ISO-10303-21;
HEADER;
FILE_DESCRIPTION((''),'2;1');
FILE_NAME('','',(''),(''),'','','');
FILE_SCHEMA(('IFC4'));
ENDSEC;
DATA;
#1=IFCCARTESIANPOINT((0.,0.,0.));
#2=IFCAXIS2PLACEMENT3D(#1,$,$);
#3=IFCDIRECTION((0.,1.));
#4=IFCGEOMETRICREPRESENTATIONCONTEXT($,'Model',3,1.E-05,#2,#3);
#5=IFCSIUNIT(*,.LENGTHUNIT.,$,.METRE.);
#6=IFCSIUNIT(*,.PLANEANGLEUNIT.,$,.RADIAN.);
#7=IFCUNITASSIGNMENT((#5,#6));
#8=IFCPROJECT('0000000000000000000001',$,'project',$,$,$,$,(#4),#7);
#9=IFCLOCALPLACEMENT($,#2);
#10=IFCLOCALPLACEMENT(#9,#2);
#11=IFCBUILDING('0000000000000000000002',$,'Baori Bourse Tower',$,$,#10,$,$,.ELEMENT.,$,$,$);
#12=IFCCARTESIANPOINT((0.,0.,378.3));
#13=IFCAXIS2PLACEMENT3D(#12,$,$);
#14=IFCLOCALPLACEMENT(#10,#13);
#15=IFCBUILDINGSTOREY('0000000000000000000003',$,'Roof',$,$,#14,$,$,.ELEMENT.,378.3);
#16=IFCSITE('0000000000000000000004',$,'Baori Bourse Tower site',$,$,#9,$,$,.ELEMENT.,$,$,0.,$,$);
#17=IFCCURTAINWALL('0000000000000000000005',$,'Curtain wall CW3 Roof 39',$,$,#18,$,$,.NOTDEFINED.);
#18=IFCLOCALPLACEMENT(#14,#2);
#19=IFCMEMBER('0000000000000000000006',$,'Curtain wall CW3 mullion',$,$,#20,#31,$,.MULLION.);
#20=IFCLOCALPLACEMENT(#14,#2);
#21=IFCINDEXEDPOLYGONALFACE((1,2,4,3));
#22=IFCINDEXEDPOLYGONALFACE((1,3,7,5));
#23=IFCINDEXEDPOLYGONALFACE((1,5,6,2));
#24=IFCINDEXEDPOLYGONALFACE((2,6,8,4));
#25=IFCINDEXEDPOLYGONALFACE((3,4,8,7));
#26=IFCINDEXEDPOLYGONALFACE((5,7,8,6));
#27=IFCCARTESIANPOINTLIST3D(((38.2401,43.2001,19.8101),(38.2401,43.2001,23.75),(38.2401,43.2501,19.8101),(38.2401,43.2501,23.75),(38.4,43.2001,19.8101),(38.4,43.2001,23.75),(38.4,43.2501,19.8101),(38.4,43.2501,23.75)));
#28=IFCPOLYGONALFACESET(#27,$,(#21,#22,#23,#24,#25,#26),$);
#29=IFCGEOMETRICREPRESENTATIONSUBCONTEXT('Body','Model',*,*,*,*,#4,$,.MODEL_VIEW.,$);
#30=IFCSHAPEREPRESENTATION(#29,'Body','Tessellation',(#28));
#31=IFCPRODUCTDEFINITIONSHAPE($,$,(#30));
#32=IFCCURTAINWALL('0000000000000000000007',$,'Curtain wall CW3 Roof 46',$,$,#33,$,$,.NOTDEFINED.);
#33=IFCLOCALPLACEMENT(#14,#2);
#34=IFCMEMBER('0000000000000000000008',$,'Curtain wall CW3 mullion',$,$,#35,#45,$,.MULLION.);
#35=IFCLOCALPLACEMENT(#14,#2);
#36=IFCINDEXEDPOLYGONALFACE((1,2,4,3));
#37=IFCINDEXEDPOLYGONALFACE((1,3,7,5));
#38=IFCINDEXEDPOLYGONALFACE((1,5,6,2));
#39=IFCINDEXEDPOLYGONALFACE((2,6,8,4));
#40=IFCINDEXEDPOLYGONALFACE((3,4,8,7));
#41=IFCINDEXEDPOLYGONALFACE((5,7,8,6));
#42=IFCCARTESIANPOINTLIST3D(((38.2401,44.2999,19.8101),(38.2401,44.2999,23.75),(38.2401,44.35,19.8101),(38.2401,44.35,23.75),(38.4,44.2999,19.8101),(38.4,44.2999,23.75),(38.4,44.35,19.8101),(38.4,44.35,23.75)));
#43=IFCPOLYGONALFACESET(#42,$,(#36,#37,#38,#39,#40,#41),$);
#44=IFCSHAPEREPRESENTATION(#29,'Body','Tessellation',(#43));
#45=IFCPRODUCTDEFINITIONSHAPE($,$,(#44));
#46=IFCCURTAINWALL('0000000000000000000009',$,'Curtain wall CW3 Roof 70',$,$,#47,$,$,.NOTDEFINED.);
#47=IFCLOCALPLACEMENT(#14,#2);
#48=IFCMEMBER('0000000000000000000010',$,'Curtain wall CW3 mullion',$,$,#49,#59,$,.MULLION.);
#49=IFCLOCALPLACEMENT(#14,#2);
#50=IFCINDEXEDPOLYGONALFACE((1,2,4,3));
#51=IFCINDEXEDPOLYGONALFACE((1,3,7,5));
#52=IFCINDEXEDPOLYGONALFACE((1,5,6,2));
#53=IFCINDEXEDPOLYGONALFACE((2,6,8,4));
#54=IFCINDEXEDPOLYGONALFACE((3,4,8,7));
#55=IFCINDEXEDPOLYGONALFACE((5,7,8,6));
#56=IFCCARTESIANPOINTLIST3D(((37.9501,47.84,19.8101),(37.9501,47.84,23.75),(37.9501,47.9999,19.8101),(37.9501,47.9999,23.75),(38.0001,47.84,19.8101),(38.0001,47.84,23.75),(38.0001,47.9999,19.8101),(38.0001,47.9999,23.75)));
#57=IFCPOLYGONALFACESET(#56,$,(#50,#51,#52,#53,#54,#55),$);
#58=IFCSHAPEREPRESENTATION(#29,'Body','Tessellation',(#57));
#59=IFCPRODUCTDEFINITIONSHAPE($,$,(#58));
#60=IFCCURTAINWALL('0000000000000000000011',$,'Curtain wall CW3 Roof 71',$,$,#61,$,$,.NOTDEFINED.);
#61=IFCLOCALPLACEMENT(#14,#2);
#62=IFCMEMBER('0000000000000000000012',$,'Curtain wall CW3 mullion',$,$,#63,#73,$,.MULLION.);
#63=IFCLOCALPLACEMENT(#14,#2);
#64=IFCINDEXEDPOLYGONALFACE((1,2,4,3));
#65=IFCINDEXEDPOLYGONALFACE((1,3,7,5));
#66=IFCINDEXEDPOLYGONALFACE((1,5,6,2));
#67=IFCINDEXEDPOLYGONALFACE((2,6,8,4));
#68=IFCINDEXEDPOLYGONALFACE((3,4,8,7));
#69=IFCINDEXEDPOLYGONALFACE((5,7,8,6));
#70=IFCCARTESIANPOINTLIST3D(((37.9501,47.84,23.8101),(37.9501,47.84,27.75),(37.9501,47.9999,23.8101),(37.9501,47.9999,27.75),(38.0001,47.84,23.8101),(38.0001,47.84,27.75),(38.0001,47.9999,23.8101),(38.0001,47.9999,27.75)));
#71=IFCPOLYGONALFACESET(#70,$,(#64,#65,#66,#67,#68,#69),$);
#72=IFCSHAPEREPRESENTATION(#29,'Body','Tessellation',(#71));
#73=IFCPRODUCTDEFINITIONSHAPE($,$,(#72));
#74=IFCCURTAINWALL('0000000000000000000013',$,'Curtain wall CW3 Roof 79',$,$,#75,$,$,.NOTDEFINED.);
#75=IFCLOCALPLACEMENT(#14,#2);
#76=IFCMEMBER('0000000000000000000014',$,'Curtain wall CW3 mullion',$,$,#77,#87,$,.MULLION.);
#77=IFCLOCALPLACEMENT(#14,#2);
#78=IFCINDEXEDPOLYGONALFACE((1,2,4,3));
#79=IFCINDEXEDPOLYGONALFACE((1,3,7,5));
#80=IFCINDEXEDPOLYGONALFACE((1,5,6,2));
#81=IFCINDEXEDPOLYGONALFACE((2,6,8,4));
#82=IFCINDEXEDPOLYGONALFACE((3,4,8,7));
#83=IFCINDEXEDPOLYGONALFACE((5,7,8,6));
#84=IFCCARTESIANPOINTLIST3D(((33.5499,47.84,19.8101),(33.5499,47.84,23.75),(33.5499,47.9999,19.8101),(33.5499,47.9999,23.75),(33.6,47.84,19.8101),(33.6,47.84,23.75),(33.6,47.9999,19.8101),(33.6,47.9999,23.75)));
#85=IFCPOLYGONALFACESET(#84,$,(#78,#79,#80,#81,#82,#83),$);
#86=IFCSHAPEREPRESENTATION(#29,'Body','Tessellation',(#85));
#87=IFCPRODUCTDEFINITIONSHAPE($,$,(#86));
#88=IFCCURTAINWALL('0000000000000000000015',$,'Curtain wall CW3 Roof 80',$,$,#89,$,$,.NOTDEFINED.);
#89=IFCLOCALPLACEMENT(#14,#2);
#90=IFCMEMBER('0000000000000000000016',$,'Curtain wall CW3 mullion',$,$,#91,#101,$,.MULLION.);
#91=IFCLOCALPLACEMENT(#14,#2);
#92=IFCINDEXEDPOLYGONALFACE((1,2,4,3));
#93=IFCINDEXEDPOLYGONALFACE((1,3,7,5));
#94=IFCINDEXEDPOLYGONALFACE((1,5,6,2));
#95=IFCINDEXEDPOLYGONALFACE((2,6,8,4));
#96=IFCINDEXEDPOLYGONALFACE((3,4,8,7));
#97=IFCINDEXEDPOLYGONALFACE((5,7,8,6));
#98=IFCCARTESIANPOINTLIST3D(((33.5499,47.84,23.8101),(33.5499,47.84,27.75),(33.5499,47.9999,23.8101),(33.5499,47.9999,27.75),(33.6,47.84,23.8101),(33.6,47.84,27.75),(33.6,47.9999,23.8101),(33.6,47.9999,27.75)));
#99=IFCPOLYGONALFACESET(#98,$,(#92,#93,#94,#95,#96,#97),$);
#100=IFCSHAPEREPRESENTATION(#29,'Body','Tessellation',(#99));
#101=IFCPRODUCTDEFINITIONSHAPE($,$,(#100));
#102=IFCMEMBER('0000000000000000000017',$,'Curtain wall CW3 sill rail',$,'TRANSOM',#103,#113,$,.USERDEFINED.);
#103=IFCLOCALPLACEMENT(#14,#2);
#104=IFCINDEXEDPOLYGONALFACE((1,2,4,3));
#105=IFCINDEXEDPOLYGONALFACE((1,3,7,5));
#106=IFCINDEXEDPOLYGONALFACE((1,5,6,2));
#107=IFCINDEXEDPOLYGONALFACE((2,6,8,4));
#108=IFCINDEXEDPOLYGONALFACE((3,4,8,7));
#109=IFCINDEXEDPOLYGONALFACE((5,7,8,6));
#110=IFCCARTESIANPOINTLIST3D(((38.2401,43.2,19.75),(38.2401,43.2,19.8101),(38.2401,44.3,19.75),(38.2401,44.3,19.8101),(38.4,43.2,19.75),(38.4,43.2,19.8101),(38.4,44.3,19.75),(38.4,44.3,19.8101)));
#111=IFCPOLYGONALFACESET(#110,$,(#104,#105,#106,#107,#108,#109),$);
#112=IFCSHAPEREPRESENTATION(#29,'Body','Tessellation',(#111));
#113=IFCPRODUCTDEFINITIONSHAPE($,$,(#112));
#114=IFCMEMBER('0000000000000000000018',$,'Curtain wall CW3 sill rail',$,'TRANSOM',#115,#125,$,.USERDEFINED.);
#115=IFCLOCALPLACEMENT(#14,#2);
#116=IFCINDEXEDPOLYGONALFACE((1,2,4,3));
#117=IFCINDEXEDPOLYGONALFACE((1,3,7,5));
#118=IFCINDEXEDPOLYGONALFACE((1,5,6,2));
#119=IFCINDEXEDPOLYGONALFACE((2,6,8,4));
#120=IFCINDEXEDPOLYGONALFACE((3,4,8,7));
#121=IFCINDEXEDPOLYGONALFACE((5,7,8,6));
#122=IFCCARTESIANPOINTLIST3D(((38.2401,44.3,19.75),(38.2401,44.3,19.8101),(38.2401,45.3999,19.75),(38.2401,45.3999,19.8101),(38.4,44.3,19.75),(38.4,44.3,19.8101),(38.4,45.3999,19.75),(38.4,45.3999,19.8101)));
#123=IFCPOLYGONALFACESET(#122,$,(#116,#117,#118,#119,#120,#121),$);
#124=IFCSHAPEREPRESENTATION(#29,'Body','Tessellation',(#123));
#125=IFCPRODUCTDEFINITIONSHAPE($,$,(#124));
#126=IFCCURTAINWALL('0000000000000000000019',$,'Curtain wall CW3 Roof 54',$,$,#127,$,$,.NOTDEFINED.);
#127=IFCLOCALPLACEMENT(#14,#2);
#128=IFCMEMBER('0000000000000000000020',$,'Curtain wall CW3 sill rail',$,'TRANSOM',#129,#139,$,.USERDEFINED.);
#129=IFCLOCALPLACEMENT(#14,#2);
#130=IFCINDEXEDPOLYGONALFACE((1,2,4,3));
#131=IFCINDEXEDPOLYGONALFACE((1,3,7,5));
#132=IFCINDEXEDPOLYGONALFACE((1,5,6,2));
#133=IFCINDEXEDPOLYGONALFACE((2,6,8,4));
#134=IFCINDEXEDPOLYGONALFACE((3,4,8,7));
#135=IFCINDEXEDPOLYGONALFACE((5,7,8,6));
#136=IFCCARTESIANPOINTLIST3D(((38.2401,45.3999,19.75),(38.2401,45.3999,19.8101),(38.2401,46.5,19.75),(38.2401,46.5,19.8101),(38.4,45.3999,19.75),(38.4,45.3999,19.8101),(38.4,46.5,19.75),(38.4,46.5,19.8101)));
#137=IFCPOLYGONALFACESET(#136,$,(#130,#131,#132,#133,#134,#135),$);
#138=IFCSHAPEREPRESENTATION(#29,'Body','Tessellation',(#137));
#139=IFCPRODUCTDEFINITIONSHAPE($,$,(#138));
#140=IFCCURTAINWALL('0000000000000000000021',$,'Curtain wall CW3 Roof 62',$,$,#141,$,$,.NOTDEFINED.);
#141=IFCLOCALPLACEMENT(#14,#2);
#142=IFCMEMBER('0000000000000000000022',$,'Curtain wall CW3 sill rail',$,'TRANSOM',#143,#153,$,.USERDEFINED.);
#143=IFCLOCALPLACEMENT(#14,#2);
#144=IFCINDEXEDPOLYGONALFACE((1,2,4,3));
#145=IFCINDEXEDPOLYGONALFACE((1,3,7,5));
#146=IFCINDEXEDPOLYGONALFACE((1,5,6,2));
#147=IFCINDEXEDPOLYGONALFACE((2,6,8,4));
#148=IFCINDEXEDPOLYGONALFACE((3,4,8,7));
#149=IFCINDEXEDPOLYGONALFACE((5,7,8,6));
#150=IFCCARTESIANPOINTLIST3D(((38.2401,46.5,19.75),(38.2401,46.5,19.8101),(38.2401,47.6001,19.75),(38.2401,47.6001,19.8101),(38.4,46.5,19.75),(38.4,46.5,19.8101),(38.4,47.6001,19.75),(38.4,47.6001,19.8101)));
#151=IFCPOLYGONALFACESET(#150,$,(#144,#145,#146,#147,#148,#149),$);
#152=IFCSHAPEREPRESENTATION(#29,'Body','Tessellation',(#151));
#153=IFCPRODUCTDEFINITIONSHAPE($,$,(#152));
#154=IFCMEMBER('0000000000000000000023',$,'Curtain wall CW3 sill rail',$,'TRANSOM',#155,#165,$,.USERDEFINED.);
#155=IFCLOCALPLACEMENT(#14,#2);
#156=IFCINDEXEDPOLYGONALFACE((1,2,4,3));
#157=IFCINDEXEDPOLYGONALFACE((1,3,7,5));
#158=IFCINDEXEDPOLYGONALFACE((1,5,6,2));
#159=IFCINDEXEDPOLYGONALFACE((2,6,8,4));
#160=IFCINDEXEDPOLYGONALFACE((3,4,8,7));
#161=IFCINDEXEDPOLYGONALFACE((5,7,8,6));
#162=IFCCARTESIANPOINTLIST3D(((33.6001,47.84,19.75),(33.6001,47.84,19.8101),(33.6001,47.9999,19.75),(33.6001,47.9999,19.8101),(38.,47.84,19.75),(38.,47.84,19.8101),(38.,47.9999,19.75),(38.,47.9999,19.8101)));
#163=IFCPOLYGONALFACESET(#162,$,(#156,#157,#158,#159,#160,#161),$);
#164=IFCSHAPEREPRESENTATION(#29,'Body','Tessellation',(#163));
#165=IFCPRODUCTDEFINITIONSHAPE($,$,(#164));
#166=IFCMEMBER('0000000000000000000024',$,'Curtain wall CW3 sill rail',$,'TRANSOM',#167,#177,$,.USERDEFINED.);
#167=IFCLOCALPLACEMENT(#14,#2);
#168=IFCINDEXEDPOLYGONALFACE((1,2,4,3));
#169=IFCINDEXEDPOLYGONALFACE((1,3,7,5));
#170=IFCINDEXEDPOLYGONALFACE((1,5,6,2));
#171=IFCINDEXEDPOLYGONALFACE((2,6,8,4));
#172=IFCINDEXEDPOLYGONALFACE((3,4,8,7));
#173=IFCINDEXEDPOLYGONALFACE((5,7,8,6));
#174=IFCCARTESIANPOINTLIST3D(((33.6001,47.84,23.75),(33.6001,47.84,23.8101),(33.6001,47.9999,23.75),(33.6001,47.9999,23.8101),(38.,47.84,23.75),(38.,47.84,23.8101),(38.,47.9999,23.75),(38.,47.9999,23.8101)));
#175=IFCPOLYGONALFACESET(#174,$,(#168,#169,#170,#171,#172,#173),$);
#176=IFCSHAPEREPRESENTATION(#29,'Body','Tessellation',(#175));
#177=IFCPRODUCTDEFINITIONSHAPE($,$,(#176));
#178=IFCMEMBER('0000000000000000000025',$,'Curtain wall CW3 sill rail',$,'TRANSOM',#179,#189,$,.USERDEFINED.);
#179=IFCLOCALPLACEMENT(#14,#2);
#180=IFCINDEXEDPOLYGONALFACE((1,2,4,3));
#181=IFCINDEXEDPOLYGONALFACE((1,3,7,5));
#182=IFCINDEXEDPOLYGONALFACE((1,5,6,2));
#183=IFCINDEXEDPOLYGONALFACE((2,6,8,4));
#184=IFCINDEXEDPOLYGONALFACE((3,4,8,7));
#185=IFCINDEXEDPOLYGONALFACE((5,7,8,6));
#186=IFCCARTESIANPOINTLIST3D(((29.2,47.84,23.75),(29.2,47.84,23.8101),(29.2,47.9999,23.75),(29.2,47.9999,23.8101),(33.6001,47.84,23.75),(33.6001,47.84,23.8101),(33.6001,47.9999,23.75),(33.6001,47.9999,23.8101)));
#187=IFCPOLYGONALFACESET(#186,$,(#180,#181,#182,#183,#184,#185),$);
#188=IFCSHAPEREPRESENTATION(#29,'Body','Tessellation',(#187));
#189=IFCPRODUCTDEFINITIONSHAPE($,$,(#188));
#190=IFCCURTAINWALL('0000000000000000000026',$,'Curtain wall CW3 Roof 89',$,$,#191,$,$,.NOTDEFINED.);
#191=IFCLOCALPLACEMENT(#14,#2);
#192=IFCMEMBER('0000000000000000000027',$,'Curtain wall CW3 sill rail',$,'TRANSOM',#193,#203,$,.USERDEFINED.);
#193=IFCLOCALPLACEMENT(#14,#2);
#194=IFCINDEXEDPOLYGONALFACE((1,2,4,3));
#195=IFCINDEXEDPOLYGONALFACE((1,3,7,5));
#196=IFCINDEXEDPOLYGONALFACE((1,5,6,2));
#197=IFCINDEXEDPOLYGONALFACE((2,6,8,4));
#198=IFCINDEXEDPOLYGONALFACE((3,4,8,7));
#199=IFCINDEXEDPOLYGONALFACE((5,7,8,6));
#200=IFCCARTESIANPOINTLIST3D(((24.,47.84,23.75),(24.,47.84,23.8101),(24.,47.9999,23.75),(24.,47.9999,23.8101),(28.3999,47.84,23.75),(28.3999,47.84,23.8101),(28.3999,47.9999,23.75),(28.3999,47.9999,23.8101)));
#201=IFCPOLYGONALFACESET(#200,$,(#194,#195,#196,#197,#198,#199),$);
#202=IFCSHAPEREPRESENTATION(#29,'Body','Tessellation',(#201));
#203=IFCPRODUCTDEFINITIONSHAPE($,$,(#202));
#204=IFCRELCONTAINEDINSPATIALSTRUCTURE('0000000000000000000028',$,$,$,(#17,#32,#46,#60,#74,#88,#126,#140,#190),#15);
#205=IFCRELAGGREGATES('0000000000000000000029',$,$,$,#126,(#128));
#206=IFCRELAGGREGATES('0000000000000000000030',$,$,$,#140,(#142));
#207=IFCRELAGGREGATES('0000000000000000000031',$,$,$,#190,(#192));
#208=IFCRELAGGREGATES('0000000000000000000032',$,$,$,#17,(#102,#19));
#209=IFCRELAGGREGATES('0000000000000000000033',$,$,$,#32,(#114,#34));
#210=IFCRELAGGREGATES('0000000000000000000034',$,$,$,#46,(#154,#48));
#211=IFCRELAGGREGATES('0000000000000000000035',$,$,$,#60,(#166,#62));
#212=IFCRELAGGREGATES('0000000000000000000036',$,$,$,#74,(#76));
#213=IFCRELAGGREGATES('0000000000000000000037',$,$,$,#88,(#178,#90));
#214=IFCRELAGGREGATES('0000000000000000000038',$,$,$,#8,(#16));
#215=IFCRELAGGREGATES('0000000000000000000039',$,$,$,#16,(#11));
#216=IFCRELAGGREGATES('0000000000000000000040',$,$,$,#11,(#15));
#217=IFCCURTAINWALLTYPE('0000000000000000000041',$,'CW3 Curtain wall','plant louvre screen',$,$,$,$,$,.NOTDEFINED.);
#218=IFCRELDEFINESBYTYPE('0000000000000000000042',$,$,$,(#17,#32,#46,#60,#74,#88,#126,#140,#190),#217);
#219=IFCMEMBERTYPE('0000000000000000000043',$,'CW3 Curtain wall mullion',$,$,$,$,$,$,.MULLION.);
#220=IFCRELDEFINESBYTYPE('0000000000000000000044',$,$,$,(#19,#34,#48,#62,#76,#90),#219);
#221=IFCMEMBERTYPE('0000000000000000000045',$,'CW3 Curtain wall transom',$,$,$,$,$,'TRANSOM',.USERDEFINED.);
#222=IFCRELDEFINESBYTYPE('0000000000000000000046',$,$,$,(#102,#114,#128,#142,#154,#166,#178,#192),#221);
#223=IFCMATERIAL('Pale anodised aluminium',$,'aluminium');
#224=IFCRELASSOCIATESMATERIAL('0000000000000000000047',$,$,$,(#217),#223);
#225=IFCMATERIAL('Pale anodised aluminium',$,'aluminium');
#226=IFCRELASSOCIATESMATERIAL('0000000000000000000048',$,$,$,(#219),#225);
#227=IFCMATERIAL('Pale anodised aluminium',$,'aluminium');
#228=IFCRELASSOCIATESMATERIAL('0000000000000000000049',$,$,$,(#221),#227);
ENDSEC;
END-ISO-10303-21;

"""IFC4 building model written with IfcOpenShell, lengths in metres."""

from ifc_helpers import new_model, si_unit, direction, frame, origin, origin_2d, place, context, subcontext, project, spatial, rectangle, extrude, material, material_profile, profile_set, type_object, element, aggregate, save


model = new_model("IFC4")

# Units and contexts
model_context = context("Model", 3, precision=1e-05, world=origin(), true_north=direction((0.0, 1.0)))
body_context = subcontext(model_context, "Body", "Model", "MODEL_VIEW")
ifc_project = project(units=[si_unit("LENGTHUNIT", "METRE"), si_unit("PLANEANGLEUNIT", "RADIAN")], contexts=[model_context])

# Site, building, storey
site_placement = place(None, origin())
site = spatial("IfcSite", under=ifc_project, at=site_placement, Name="Baori Bourse Tower site", CompositionType="ELEMENT", RefElevation=0.0)
building_placement = place(site_placement, origin())
building = spatial("IfcBuilding", under=site, at=building_placement, Name="Baori Bourse Tower", CompositionType="ELEMENT")
storey_placement = place(building_placement, frame((0.0, 0.0, 378.3)))
storey = spatial("IfcBuildingStorey", under=building, at=storey_placement, Name="Roof", CompositionType="ELEMENT", Elevation=378.3)

# Curtain walls, members
ifc_material_1 = material(Name="Pale anodised aluminium", Category="aluminium")
curtain_wall_type_1 = type_object("IfcCurtainWallType", Name="CW3 Curtain wall", Description="plant louvre screen", PredefinedType="NOTDEFINED", material=ifc_material_1)
curtain_wall_1_placement = place(storey_placement, origin())
curtain_wall_1 = element("IfcCurtainWall", 1, at=curtain_wall_1_placement, inside=storey, type_object=curtain_wall_type_1, Name="Curtain wall CW3 Roof 39", PredefinedType="NOTDEFINED")
ifc_material_2 = material(Name="Pale anodised aluminium", Category="aluminium")
ifc_material_profile_1 = material_profile(ifc_material_2, rectangle(XDim=0.1599, YDim=0.05, at=origin_2d()), Name="Mullion 50x160")
ifc_profile_set_1 = profile_set([ifc_material_profile_1], Name="Pale anodised aluminium")
member_type_1 = type_object("IfcMemberType", Name="CW3 Curtain wall mullion", PredefinedType="MULLION", material=ifc_profile_set_1)
member_1_placement = place(storey_placement, frame((38.3201, 43.2251, 19.8101), z_axis=(0.0, 0.0, 1.0), x_axis=(-1.0, 0.0, 0.0)))
member_1 = element("IfcMember", 2, at=member_1_placement, type_object=member_type_1, Name="Curtain wall CW3 mullion", PredefinedType="MULLION", context=body_context, shape_type="SweptSolid", body=[
    extrude(rectangle(XDim=0.1599, YDim=0.05, at=origin_2d()), origin(), (0.0, 0.0, 1.0), 3.9399),
])
curtain_wall_2_placement = place(storey_placement, origin())
curtain_wall_2 = element("IfcCurtainWall", 3, at=curtain_wall_2_placement, inside=storey, type_object=curtain_wall_type_1, Name="Curtain wall CW3 Roof 46", PredefinedType="NOTDEFINED")
member_2_placement = place(storey_placement, frame((38.3201, 44.325, 19.8101), z_axis=(0.0, 0.0, 1.0), x_axis=(-1.0, 0.0, 0.0)))
member_2 = element("IfcMember", 4, at=member_2_placement, type_object=member_type_1, Name="Curtain wall CW3 mullion", PredefinedType="MULLION", context=body_context, shape_type="SweptSolid", body=[
    extrude(rectangle(XDim=0.1599, YDim=0.05, at=origin_2d()), origin(), (0.0, 0.0, 1.0), 3.9399),
])
curtain_wall_3_placement = place(storey_placement, origin())
curtain_wall_3 = element("IfcCurtainWall", 5, at=curtain_wall_3_placement, inside=storey, type_object=curtain_wall_type_1, Name="Curtain wall CW3 Roof 70", PredefinedType="NOTDEFINED")
member_3_placement = place(storey_placement, frame((37.9751, 47.9199, 19.8101), z_axis=(0.0, 0.0, 1.0), x_axis=(0.0, -1.0, 0.0)))
member_3 = element("IfcMember", 6, at=member_3_placement, type_object=member_type_1, Name="Curtain wall CW3 mullion", PredefinedType="MULLION", context=body_context, shape_type="SweptSolid", body=[
    extrude(rectangle(XDim=0.1599, YDim=0.05, at=origin_2d()), origin(), (0.0, 0.0, 1.0), 3.9399),
])
curtain_wall_4_placement = place(storey_placement, origin())
curtain_wall_4 = element("IfcCurtainWall", 7, at=curtain_wall_4_placement, inside=storey, type_object=curtain_wall_type_1, Name="Curtain wall CW3 Roof 71", PredefinedType="NOTDEFINED")
member_4_placement = place(storey_placement, frame((37.9751, 47.9199, 23.8101), z_axis=(0.0, 0.0, 1.0), x_axis=(0.0, -1.0, 0.0)))
member_4 = element("IfcMember", 8, at=member_4_placement, type_object=member_type_1, Name="Curtain wall CW3 mullion", PredefinedType="MULLION", context=body_context, shape_type="SweptSolid", body=[
    extrude(rectangle(XDim=0.1599, YDim=0.05, at=origin_2d()), origin(), (0.0, 0.0, 1.0), 3.9399),
])
curtain_wall_5_placement = place(storey_placement, origin())
curtain_wall_5 = element("IfcCurtainWall", 9, at=curtain_wall_5_placement, inside=storey, type_object=curtain_wall_type_1, Name="Curtain wall CW3 Roof 79", PredefinedType="NOTDEFINED")
member_5_placement = place(storey_placement, frame((33.575, 47.9199, 19.8101), z_axis=(0.0, 0.0, 1.0), x_axis=(0.0, -1.0, 0.0)))
member_5 = element("IfcMember", 10, at=member_5_placement, type_object=member_type_1, Name="Curtain wall CW3 mullion", PredefinedType="MULLION", context=body_context, shape_type="SweptSolid", body=[
    extrude(rectangle(XDim=0.1599, YDim=0.05, at=origin_2d()), origin(), (0.0, 0.0, 1.0), 3.9399),
])
curtain_wall_6_placement = place(storey_placement, origin())
curtain_wall_6 = element("IfcCurtainWall", 11, at=curtain_wall_6_placement, inside=storey, type_object=curtain_wall_type_1, Name="Curtain wall CW3 Roof 80", PredefinedType="NOTDEFINED")
member_6_placement = place(storey_placement, frame((33.575, 47.9199, 23.8101), z_axis=(0.0, 0.0, 1.0), x_axis=(0.0, -1.0, 0.0)))
member_6 = element("IfcMember", 12, at=member_6_placement, type_object=member_type_1, Name="Curtain wall CW3 mullion", PredefinedType="MULLION", context=body_context, shape_type="SweptSolid", body=[
    extrude(rectangle(XDim=0.1599, YDim=0.05, at=origin_2d()), origin(), (0.0, 0.0, 1.0), 3.9399),
])

# Members
ifc_material_3 = material(Name="Pale anodised aluminium", Category="aluminium")
ifc_material_profile_2 = material_profile(ifc_material_3, rectangle(XDim=0.1599, YDim=0.0601, at=origin_2d()), Name="Transom 60x160")
ifc_profile_set_2 = profile_set([ifc_material_profile_2], Name="Pale anodised aluminium")
member_type_2 = type_object("IfcMemberType", Name="CW3 Curtain wall transom", ElementType="TRANSOM", PredefinedType="USERDEFINED", material=ifc_profile_set_2)
member_7_placement = place(storey_placement, frame((38.3201, 43.2, 19.78), z_axis=(0.0, 1.0, 0.0), x_axis=(-1.0, 0.0, 0.0)))
member_7 = element("IfcMember", 13, at=member_7_placement, type_object=member_type_2, Name="Curtain wall CW3 sill rail", ObjectType="TRANSOM", PredefinedType="USERDEFINED", context=body_context, shape_type="SweptSolid", body=[
    extrude(rectangle(XDim=0.1599, YDim=0.0601, at=origin_2d()), origin(), (0.0, 0.0, 1.0), 1.1001),
])
member_8_placement = place(storey_placement, frame((38.3201, 44.3, 19.78), z_axis=(0.0, 1.0, 0.0), x_axis=(-1.0, 0.0, 0.0)))
member_8 = element("IfcMember", 14, at=member_8_placement, type_object=member_type_2, Name="Curtain wall CW3 sill rail", ObjectType="TRANSOM", PredefinedType="USERDEFINED", context=body_context, shape_type="SweptSolid", body=[
    extrude(rectangle(XDim=0.1599, YDim=0.0601, at=origin_2d()), origin(), (0.0, 0.0, 1.0), 1.0999),
])

# Curtain walls, members
curtain_wall_7_placement = place(storey_placement, origin())
curtain_wall_7 = element("IfcCurtainWall", 15, at=curtain_wall_7_placement, inside=storey, type_object=curtain_wall_type_1, Name="Curtain wall CW3 Roof 54", PredefinedType="NOTDEFINED")
member_9_placement = place(storey_placement, frame((38.3201, 45.3999, 19.78), z_axis=(0.0, 1.0, 0.0), x_axis=(-1.0, 0.0, 0.0)))
member_9 = element("IfcMember", 16, at=member_9_placement, type_object=member_type_2, Name="Curtain wall CW3 sill rail", ObjectType="TRANSOM", PredefinedType="USERDEFINED", context=body_context, shape_type="SweptSolid", body=[
    extrude(rectangle(XDim=0.1599, YDim=0.0601, at=origin_2d()), origin(), (0.0, 0.0, 1.0), 1.1001),
])
aggregate(curtain_wall_7, [member_9])
curtain_wall_8_placement = place(storey_placement, origin())
curtain_wall_8 = element("IfcCurtainWall", 17, at=curtain_wall_8_placement, inside=storey, type_object=curtain_wall_type_1, Name="Curtain wall CW3 Roof 62", PredefinedType="NOTDEFINED")
member_10_placement = place(storey_placement, frame((38.3201, 46.5, 19.78), z_axis=(0.0, 1.0, 0.0), x_axis=(-1.0, 0.0, 0.0)))
member_10 = element("IfcMember", 18, at=member_10_placement, type_object=member_type_2, Name="Curtain wall CW3 sill rail", ObjectType="TRANSOM", PredefinedType="USERDEFINED", context=body_context, shape_type="SweptSolid", body=[
    extrude(rectangle(XDim=0.1599, YDim=0.0601, at=origin_2d()), origin(), (0.0, 0.0, 1.0), 1.1001),
])
aggregate(curtain_wall_8, [member_10])

# Members
member_11_placement = place(storey_placement, frame((38.0, 47.9199, 19.78), z_axis=(-1.0, 0.0, 0.0), x_axis=(0.0, -1.0, 0.0)))
member_11 = element("IfcMember", 19, at=member_11_placement, type_object=member_type_2, Name="Curtain wall CW3 sill rail", ObjectType="TRANSOM", PredefinedType="USERDEFINED", context=body_context, shape_type="SweptSolid", body=[
    extrude(rectangle(XDim=0.1599, YDim=0.0601, at=origin_2d()), origin(), (0.0, 0.0, 1.0), 4.3999),
])
member_12_placement = place(storey_placement, frame((38.0, 47.9199, 23.78), z_axis=(-1.0, 0.0, 0.0), x_axis=(0.0, -1.0, 0.0)))
member_12 = element("IfcMember", 20, at=member_12_placement, type_object=member_type_2, Name="Curtain wall CW3 sill rail", ObjectType="TRANSOM", PredefinedType="USERDEFINED", context=body_context, shape_type="SweptSolid", body=[
    extrude(rectangle(XDim=0.1599, YDim=0.0601, at=origin_2d()), origin(), (0.0, 0.0, 1.0), 4.3999),
])
member_13_placement = place(storey_placement, frame((33.6001, 47.9199, 23.78), z_axis=(-1.0, 0.0, 0.0), x_axis=(0.0, -1.0, 0.0)))
member_13 = element("IfcMember", 21, at=member_13_placement, type_object=member_type_2, Name="Curtain wall CW3 sill rail", ObjectType="TRANSOM", PredefinedType="USERDEFINED", context=body_context, shape_type="SweptSolid", body=[
    extrude(rectangle(XDim=0.1599, YDim=0.0601, at=origin_2d()), origin(), (0.0, 0.0, 1.0), 4.4001),
])

# Curtain wall, member
curtain_wall_9_placement = place(storey_placement, origin())
curtain_wall_9 = element("IfcCurtainWall", 22, at=curtain_wall_9_placement, inside=storey, type_object=curtain_wall_type_1, Name="Curtain wall CW3 Roof 89", PredefinedType="NOTDEFINED")
member_14_placement = place(storey_placement, frame((28.3999, 47.9199, 23.78), z_axis=(-1.0, 0.0, 0.0), x_axis=(0.0, -1.0, 0.0)))
member_14 = element("IfcMember", 23, at=member_14_placement, type_object=member_type_2, Name="Curtain wall CW3 sill rail", ObjectType="TRANSOM", PredefinedType="USERDEFINED", context=body_context, shape_type="SweptSolid", body=[
    extrude(rectangle(XDim=0.1599, YDim=0.0601, at=origin_2d()), origin(), (0.0, 0.0, 1.0), 4.3999),
])
aggregate(curtain_wall_9, [member_14])

aggregate(curtain_wall_1, [member_7, member_1])
aggregate(curtain_wall_2, [member_8, member_2])
aggregate(curtain_wall_3, [member_11, member_3])
aggregate(curtain_wall_4, [member_12, member_4])
aggregate(curtain_wall_5, [member_5])
aggregate(curtain_wall_6, [member_13, member_6])

save(model, "model.ifc")
